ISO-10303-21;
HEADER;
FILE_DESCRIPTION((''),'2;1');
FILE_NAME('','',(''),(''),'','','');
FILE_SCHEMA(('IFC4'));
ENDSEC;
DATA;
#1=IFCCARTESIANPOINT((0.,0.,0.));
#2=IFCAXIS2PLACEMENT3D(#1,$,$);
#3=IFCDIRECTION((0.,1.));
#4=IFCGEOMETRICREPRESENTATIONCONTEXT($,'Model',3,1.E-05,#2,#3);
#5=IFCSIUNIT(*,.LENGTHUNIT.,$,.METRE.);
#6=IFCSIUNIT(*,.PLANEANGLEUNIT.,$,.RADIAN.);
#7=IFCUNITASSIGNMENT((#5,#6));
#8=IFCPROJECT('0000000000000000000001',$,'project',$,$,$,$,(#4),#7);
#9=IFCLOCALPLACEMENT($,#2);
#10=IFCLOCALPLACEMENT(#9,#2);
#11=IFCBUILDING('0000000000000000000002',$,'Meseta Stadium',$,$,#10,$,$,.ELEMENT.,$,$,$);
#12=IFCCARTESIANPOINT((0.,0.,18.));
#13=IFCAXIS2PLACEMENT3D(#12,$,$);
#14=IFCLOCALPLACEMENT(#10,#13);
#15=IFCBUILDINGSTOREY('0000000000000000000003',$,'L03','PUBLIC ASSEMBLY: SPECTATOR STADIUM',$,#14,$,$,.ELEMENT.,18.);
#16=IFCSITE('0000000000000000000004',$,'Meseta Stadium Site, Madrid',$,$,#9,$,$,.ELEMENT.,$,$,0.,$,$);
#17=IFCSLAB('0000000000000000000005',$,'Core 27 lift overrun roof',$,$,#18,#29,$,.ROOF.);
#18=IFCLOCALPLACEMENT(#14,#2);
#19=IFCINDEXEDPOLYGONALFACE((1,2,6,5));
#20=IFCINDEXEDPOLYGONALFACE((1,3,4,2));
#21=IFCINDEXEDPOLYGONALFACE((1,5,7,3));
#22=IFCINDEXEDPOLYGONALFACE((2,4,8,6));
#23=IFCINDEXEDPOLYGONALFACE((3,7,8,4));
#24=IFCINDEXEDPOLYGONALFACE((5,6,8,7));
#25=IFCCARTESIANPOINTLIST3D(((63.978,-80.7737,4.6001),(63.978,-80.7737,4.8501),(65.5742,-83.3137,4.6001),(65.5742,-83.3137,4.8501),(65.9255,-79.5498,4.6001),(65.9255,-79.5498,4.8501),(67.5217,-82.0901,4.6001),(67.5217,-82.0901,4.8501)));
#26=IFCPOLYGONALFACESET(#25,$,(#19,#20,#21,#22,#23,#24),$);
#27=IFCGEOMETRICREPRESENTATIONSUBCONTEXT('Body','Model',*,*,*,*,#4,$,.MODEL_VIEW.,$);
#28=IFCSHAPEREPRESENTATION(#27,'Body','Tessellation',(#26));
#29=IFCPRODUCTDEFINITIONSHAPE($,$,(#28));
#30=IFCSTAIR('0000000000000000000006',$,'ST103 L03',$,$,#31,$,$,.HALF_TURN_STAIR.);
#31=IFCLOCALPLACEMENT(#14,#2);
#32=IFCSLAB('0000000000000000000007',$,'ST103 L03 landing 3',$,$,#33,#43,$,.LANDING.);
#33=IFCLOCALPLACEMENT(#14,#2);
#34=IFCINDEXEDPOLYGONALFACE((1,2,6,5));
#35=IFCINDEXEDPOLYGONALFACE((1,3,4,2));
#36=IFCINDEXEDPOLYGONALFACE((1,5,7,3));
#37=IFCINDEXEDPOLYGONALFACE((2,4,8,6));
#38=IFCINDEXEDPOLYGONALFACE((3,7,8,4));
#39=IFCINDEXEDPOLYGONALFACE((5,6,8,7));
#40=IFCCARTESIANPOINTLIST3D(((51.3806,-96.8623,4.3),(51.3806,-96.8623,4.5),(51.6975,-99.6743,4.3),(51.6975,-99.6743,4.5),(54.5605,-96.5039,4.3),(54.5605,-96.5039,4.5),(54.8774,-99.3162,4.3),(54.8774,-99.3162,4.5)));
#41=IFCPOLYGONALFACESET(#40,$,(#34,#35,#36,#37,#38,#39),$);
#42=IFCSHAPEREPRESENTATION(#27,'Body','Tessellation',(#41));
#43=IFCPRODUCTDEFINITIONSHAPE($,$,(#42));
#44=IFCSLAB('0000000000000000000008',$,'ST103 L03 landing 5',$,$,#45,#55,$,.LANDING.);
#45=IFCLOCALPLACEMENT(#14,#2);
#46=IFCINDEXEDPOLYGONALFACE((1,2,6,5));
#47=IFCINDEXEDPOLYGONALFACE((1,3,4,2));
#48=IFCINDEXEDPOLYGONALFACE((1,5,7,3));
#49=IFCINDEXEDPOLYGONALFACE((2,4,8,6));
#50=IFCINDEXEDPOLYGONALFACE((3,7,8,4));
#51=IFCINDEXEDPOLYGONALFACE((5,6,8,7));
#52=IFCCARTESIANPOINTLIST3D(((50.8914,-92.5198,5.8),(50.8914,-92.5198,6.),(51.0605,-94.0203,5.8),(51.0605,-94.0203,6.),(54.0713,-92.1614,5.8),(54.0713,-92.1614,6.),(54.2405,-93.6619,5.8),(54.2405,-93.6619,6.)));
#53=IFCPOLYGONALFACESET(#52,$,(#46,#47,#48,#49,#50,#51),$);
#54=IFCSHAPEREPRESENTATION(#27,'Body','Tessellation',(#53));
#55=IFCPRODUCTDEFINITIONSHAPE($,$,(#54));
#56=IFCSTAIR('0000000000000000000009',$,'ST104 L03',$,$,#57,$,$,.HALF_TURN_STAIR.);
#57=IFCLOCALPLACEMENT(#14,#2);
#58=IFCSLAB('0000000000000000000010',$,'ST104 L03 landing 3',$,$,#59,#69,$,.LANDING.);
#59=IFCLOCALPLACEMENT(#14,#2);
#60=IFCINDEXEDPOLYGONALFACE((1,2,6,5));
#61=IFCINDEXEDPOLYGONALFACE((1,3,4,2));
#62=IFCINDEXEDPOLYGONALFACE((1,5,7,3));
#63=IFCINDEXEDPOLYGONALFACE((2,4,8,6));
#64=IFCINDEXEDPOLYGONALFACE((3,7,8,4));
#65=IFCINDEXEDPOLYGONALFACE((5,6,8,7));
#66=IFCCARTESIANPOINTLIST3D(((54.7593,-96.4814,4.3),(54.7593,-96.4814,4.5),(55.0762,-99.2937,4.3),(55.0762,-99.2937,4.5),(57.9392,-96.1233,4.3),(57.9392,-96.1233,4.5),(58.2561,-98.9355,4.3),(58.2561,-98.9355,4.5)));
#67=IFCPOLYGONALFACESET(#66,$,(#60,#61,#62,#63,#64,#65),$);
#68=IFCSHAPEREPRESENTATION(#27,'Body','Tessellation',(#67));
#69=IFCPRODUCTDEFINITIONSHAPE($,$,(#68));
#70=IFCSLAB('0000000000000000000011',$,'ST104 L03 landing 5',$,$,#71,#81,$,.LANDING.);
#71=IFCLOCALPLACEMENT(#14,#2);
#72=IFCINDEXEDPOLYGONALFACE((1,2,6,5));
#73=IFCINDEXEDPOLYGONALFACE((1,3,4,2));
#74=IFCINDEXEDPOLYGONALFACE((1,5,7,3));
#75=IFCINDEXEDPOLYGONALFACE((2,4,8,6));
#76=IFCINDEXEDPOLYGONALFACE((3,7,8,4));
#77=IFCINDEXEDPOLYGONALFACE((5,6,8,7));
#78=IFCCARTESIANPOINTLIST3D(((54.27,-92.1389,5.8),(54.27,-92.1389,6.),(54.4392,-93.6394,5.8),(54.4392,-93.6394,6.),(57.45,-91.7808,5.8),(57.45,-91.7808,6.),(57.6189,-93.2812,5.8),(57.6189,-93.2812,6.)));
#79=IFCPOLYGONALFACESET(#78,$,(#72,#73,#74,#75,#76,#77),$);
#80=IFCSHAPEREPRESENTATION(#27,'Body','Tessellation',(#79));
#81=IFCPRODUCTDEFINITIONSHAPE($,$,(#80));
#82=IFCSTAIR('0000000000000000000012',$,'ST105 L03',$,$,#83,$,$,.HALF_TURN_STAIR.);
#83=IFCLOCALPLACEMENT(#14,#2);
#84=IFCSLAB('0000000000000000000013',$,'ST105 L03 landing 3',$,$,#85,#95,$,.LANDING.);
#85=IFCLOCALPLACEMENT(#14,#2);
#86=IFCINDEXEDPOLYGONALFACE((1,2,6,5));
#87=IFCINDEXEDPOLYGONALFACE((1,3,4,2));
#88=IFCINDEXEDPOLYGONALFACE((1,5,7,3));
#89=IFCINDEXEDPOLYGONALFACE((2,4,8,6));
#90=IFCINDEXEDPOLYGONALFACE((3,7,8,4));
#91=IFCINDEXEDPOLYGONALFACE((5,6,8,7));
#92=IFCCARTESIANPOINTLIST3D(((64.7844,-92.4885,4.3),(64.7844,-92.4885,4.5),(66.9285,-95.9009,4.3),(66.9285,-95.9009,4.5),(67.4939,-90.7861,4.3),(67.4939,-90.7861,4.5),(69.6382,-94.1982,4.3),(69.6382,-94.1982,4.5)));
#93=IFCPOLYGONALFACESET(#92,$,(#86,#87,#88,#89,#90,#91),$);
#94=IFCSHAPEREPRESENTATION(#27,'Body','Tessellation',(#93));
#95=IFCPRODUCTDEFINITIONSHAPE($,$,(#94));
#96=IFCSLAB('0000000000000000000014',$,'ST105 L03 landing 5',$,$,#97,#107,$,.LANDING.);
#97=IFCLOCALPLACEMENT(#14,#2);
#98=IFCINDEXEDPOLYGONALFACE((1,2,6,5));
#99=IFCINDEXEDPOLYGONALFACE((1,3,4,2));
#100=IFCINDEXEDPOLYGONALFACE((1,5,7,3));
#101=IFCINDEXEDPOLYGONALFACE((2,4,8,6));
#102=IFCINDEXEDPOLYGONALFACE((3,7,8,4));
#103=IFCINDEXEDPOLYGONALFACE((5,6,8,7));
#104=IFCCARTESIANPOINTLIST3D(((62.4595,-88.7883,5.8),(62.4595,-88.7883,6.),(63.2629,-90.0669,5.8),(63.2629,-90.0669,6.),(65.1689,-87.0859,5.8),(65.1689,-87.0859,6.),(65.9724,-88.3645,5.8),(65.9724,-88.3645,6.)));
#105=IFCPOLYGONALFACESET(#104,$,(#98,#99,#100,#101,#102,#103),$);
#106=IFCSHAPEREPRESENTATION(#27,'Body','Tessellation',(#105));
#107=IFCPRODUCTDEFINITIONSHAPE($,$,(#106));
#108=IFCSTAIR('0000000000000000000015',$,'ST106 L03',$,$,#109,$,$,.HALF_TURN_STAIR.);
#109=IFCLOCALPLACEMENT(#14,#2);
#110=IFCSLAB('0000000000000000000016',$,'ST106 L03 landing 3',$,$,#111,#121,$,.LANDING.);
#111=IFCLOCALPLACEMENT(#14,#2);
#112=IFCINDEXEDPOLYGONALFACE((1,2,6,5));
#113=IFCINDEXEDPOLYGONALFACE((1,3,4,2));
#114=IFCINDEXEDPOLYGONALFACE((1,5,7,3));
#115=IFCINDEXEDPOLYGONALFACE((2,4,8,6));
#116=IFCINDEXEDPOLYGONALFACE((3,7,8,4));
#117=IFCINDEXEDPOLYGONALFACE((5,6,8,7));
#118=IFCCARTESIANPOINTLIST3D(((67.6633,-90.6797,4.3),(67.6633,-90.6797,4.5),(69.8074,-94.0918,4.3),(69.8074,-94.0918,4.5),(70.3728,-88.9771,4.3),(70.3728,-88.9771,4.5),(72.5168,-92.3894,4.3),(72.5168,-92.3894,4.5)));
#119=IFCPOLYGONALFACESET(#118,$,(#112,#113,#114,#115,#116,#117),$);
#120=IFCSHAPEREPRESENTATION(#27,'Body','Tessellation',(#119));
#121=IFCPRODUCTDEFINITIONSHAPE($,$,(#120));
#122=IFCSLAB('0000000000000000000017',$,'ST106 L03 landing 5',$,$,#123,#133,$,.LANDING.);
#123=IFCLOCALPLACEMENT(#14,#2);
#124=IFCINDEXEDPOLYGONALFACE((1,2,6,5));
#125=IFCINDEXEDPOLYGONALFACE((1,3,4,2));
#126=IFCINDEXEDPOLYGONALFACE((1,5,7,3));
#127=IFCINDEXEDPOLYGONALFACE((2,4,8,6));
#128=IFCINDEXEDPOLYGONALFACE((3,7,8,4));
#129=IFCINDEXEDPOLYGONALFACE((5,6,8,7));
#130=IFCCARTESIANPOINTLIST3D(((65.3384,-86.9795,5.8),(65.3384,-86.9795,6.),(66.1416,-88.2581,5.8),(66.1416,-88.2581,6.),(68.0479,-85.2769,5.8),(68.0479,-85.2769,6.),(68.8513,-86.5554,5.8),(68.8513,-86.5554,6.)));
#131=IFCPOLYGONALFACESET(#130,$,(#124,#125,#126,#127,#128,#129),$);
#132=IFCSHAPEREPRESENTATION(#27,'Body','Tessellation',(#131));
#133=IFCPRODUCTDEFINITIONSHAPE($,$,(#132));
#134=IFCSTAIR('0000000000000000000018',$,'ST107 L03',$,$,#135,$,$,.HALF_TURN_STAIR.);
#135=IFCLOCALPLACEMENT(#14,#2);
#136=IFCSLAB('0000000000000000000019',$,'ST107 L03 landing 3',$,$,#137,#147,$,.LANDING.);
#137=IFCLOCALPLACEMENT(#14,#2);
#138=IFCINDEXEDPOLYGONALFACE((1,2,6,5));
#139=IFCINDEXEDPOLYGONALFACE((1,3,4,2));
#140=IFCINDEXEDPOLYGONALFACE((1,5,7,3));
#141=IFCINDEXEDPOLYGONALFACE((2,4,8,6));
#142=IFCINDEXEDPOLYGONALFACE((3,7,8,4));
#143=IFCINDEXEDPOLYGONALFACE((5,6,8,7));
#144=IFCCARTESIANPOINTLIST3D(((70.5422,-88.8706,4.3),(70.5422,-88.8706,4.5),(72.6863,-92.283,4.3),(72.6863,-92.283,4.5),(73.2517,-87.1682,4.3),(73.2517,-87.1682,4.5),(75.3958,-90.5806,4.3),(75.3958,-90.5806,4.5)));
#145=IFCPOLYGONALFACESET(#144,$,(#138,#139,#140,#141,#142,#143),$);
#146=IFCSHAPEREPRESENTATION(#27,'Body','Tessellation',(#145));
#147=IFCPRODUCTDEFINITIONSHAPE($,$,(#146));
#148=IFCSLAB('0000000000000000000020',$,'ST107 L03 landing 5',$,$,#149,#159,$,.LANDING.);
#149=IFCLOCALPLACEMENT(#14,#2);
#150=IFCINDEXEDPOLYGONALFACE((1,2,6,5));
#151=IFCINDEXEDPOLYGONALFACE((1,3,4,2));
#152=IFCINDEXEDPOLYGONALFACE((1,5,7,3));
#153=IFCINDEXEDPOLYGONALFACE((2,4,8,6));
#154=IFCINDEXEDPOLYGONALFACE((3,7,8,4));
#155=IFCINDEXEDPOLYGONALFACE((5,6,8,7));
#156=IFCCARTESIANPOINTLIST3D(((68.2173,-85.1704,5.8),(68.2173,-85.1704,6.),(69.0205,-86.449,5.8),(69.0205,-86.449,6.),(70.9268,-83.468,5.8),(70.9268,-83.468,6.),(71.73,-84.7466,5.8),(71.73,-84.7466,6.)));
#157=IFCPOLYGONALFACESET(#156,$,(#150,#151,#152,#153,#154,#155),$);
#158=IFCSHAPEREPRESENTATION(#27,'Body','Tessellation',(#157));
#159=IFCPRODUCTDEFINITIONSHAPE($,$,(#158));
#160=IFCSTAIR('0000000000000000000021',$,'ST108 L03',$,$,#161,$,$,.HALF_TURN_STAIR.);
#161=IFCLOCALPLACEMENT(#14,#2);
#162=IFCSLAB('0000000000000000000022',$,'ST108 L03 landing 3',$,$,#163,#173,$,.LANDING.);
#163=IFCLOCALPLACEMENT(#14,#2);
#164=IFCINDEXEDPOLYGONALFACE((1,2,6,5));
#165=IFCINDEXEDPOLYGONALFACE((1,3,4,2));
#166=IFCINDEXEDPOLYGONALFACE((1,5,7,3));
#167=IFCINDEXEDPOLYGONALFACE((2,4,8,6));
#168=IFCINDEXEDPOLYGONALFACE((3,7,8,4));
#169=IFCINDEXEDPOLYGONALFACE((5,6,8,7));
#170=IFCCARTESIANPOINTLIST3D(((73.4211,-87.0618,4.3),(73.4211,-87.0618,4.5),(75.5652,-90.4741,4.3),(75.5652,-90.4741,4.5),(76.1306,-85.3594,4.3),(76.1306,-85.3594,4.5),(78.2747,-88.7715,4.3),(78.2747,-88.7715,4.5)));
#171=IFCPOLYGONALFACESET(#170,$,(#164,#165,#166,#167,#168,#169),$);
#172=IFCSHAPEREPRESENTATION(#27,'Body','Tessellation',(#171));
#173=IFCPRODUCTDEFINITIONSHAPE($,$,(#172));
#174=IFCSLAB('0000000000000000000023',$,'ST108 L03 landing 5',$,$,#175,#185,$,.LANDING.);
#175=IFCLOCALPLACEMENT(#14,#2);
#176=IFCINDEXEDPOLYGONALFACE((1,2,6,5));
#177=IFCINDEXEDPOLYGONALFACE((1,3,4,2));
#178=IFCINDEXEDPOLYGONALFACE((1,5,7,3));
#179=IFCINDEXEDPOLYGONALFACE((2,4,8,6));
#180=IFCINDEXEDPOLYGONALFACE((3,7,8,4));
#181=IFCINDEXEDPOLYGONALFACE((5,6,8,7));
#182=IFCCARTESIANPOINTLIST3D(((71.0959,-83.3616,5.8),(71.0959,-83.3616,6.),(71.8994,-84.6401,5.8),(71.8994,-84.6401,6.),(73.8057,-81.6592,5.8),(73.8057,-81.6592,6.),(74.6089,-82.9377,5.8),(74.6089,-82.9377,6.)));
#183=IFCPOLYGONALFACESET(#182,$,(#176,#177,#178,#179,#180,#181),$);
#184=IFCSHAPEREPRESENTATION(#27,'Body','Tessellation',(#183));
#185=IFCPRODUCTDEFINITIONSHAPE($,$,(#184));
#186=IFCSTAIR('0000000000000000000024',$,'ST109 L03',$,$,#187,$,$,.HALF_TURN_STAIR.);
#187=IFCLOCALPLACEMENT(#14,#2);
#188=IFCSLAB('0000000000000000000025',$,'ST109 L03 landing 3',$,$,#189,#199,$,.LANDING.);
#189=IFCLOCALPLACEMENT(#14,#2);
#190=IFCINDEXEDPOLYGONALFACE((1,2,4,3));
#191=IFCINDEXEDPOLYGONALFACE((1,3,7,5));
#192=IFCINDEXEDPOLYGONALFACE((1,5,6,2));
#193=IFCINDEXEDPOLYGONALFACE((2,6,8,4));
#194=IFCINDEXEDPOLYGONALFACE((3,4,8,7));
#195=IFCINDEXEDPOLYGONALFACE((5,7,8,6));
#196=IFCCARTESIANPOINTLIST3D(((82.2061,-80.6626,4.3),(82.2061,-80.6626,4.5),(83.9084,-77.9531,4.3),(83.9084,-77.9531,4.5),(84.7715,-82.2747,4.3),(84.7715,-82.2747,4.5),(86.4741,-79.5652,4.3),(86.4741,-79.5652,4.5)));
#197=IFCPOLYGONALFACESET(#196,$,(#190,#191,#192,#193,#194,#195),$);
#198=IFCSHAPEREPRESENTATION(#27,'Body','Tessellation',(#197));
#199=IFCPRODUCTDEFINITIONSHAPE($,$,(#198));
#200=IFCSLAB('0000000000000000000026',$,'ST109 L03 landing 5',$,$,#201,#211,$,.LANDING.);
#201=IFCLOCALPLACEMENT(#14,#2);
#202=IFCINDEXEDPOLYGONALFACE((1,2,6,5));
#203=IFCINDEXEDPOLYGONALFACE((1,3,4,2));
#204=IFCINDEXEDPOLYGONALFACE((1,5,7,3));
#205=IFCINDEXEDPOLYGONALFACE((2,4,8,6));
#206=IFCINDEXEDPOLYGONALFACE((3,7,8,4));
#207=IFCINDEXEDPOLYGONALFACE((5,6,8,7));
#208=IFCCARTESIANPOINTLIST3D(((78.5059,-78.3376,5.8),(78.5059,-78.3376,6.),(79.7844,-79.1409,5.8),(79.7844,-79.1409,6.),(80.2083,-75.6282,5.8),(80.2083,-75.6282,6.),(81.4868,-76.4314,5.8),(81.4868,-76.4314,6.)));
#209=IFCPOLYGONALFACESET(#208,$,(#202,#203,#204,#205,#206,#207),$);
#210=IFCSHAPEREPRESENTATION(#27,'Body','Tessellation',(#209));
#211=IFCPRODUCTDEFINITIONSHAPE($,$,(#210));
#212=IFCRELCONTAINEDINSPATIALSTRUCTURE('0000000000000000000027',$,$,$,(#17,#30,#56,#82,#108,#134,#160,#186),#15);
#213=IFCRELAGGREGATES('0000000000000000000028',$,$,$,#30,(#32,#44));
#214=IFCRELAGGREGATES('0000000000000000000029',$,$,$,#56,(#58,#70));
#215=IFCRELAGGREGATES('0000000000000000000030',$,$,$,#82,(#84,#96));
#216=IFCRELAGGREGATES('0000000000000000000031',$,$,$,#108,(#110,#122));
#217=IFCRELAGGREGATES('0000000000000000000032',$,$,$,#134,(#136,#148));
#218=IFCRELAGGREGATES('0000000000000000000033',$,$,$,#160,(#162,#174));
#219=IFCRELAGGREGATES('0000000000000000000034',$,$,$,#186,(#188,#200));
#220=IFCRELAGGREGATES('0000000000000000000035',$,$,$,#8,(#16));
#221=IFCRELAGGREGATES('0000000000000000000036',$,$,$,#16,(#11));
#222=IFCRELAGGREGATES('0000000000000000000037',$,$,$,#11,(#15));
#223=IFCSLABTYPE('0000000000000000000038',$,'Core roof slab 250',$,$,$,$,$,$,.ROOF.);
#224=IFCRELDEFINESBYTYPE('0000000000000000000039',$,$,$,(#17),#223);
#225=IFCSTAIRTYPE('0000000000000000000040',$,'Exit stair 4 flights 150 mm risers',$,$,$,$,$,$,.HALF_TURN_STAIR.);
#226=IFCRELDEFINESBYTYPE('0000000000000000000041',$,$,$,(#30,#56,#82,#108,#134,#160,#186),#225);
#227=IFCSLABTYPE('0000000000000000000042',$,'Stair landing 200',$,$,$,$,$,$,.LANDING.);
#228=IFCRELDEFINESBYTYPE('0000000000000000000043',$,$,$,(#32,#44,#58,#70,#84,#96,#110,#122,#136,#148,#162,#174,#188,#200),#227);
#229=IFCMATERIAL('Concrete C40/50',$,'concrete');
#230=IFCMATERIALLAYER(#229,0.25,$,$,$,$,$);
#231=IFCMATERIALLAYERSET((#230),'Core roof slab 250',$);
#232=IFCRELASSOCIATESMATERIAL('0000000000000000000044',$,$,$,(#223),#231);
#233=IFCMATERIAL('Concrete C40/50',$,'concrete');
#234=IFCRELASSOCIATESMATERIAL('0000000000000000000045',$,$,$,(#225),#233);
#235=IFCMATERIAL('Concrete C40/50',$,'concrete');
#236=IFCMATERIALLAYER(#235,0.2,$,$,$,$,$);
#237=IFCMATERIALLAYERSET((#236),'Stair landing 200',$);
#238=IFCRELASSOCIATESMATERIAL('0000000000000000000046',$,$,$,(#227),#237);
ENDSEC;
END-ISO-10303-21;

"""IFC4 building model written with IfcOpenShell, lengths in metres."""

from ifc_helpers import new_model, si_unit, direction, frame, origin, place, context, subcontext, project, spatial, polyline, outline, extrude, material, layer, layer_set, type_object, element, aggregate, save


model = new_model("IFC4")

# Units and contexts
model_context = context("Model", 3, precision=1e-05, world=origin(), true_north=direction((0.0, 1.0)))
body_context = subcontext(model_context, "Body", "Model", "MODEL_VIEW")
ifc_project = project(units=[si_unit("LENGTHUNIT", "METRE"), si_unit("PLANEANGLEUNIT", "RADIAN")], contexts=[model_context])

# Site, building, storey
site_placement = place(None, origin())
site = spatial("IfcSite", under=ifc_project, at=site_placement, Name="Meseta Stadium Site, Madrid", CompositionType="ELEMENT", RefElevation=0.0)
building_placement = place(site_placement, origin())
building = spatial("IfcBuilding", under=site, at=building_placement, Name="Meseta Stadium", CompositionType="ELEMENT")
storey_placement = place(building_placement, frame((0.0, 0.0, 18.0)))
storey = spatial("IfcBuildingStorey", under=building, at=storey_placement, Name="L03", Description="PUBLIC ASSEMBLY: SPECTATOR STADIUM", CompositionType="ELEMENT", Elevation=18.0)

# Slab
ifc_material_1 = material(Name="Concrete C40/50", Category="concrete")
ifc_layer_1 = layer(ifc_material_1, 0.25)
ifc_layer_set_1 = layer_set([ifc_layer_1], Name="Core roof slab 250")
slab_type_1 = type_object("IfcSlabType", Name="Core roof slab 250", PredefinedType="ROOF", material=ifc_layer_set_1)
slab_1_placement = place(storey_placement, frame((0.0, 0.0, 4.6001)))
element("IfcSlab", 1, at=slab_1_placement, inside=storey, type_object=slab_type_1, Name="Core 27 lift overrun roof", PredefinedType="ROOF", context=body_context, shape_type="SweptSolid", body=[
    extrude(outline(polyline([(65.5742, -83.3137), (63.978, -80.7737), (65.9255, -79.5498), (67.5217, -82.0901), (65.5742, -83.3137)])), origin(), (0.0, 0.0, 1.0), 0.25),
])

# Stairs, slabs
ifc_material_2 = material(Name="Concrete C40/50", Category="concrete")
stair_type = type_object("IfcStairType", Name="Exit stair 4 flights 150 mm risers", PredefinedType="HALF_TURN_STAIR", material=ifc_material_2)
stair_1_placement = place(storey_placement, origin())
stair_1 = element("IfcStair", 2, at=stair_1_placement, inside=storey, type_object=stair_type, Name="ST103 L03", PredefinedType="HALF_TURN_STAIR")
ifc_material_3 = material(Name="Concrete C40/50", Category="concrete")
ifc_layer_2 = layer(ifc_material_3, 0.2)
ifc_layer_set_2 = layer_set([ifc_layer_2], Name="Stair landing 200")
slab_type_2 = type_object("IfcSlabType", Name="Stair landing 200", PredefinedType="LANDING", material=ifc_layer_set_2)
slab_2_placement = place(storey_placement, frame((0.0, 0.0, 4.3)))
slab_2 = element("IfcSlab", 3, at=slab_2_placement, type_object=slab_type_2, Name="ST103 L03 landing 3", PredefinedType="LANDING", context=body_context, shape_type="SweptSolid", body=[
    extrude(outline(polyline([(51.3806, -96.8623), (51.6975, -99.6743), (54.8774, -99.3162), (54.5605, -96.5039), (51.3806, -96.8623)])), origin(), (0.0, 0.0, 1.0), 0.2),
])
slab_3_placement = place(storey_placement, frame((0.0, 0.0, 5.8)))
slab_3 = element("IfcSlab", 4, at=slab_3_placement, type_object=slab_type_2, Name="ST103 L03 landing 5", PredefinedType="LANDING", context=body_context, shape_type="SweptSolid", body=[
    extrude(outline(polyline([(50.8914, -92.5198), (51.0605, -94.0203), (54.2405, -93.6619), (54.0713, -92.1614), (50.8914, -92.5198)])), origin(), (0.0, 0.0, 1.0), 0.2),
])
aggregate(stair_1, [slab_2, slab_3])
stair_2_placement = place(storey_placement, origin())
stair_2 = element("IfcStair", 5, at=stair_2_placement, inside=storey, type_object=stair_type, Name="ST104 L03", PredefinedType="HALF_TURN_STAIR")
slab_4_placement = place(storey_placement, frame((0.0, 0.0, 4.3)))
slab_4 = element("IfcSlab", 6, at=slab_4_placement, type_object=slab_type_2, Name="ST104 L03 landing 3", PredefinedType="LANDING", context=body_context, shape_type="SweptSolid", body=[
    extrude(outline(polyline([(54.7593, -96.4814), (55.0762, -99.2937), (58.2561, -98.9355), (57.9392, -96.1233), (54.7593, -96.4814)])), origin(), (0.0, 0.0, 1.0), 0.2),
])
slab_5_placement = place(storey_placement, frame((0.0, 0.0, 5.8)))
slab_5 = element("IfcSlab", 7, at=slab_5_placement, type_object=slab_type_2, Name="ST104 L03 landing 5", PredefinedType="LANDING", context=body_context, shape_type="SweptSolid", body=[
    extrude(outline(polyline([(54.27, -92.1389), (54.4392, -93.6394), (57.6189, -93.2812), (57.45, -91.7808), (54.27, -92.1389)])), origin(), (0.0, 0.0, 1.0), 0.2),
])
aggregate(stair_2, [slab_4, slab_5])
stair_3_placement = place(storey_placement, origin())
stair_3 = element("IfcStair", 8, at=stair_3_placement, inside=storey, type_object=stair_type, Name="ST105 L03", PredefinedType="HALF_TURN_STAIR")
slab_6_placement = place(storey_placement, frame((0.0, 0.0, 4.3)))
slab_6 = element("IfcSlab", 9, at=slab_6_placement, type_object=slab_type_2, Name="ST105 L03 landing 3", PredefinedType="LANDING", context=body_context, shape_type="SweptSolid", body=[
    extrude(outline(polyline([(64.7844, -92.4885), (66.9285, -95.9009), (69.6382, -94.1982), (67.4939, -90.7861), (64.7844, -92.4885)])), origin(), (0.0, 0.0, 1.0), 0.2),
])
slab_7_placement = place(storey_placement, frame((0.0, 0.0, 5.8)))
slab_7 = element("IfcSlab", 10, at=slab_7_placement, type_object=slab_type_2, Name="ST105 L03 landing 5", PredefinedType="LANDING", context=body_context, shape_type="SweptSolid", body=[
    extrude(outline(polyline([(62.4595, -88.7883), (63.2629, -90.0669), (65.9724, -88.3645), (65.1689, -87.0859), (62.4595, -88.7883)])), origin(), (0.0, 0.0, 1.0), 0.2),
])
aggregate(stair_3, [slab_6, slab_7])
stair_4_placement = place(storey_placement, origin())
stair_4 = element("IfcStair", 11, at=stair_4_placement, inside=storey, type_object=stair_type, Name="ST106 L03", PredefinedType="HALF_TURN_STAIR")
slab_8_placement = place(storey_placement, frame((0.0, 0.0, 4.3)))
slab_8 = element("IfcSlab", 12, at=slab_8_placement, type_object=slab_type_2, Name="ST106 L03 landing 3", PredefinedType="LANDING", context=body_context, shape_type="SweptSolid", body=[
    extrude(outline(polyline([(67.6633, -90.6797), (69.8074, -94.0918), (72.5168, -92.3894), (70.3728, -88.9771), (67.6633, -90.6797)])), origin(), (0.0, 0.0, 1.0), 0.2),
])
slab_9_placement = place(storey_placement, frame((0.0, 0.0, 5.8)))
slab_9 = element("IfcSlab", 13, at=slab_9_placement, type_object=slab_type_2, Name="ST106 L03 landing 5", PredefinedType="LANDING", context=body_context, shape_type="SweptSolid", body=[
    extrude(outline(polyline([(65.3384, -86.9795), (66.1416, -88.2581), (68.8513, -86.5554), (68.0479, -85.2769), (65.3384, -86.9795)])), origin(), (0.0, 0.0, 1.0), 0.2),
])
aggregate(stair_4, [slab_8, slab_9])
stair_5_placement = place(storey_placement, origin())
stair_5 = element("IfcStair", 14, at=stair_5_placement, inside=storey, type_object=stair_type, Name="ST107 L03", PredefinedType="HALF_TURN_STAIR")
slab_10_placement = place(storey_placement, frame((0.0, 0.0, 4.3)))
slab_10 = element("IfcSlab", 15, at=slab_10_placement, type_object=slab_type_2, Name="ST107 L03 landing 3", PredefinedType="LANDING", context=body_context, shape_type="SweptSolid", body=[
    extrude(outline(polyline([(70.5422, -88.8706), (72.6863, -92.283), (75.3958, -90.5806), (73.2517, -87.1682), (70.5422, -88.8706)])), origin(), (0.0, 0.0, 1.0), 0.2),
])
slab_11_placement = place(storey_placement, frame((0.0, 0.0, 5.8)))
slab_11 = element("IfcSlab", 16, at=slab_11_placement, type_object=slab_type_2, Name="ST107 L03 landing 5", PredefinedType="LANDING", context=body_context, shape_type="SweptSolid", body=[
    extrude(outline(polyline([(68.2173, -85.1704), (69.0205, -86.449), (71.73, -84.7466), (70.9268, -83.468), (68.2173, -85.1704)])), origin(), (0.0, 0.0, 1.0), 0.2),
])
aggregate(stair_5, [slab_10, slab_11])
stair_6_placement = place(storey_placement, origin())
stair_6 = element("IfcStair", 17, at=stair_6_placement, inside=storey, type_object=stair_type, Name="ST108 L03", PredefinedType="HALF_TURN_STAIR")
slab_12_placement = place(storey_placement, frame((0.0, 0.0, 4.3)))
slab_12 = element("IfcSlab", 18, at=slab_12_placement, type_object=slab_type_2, Name="ST108 L03 landing 3", PredefinedType="LANDING", context=body_context, shape_type="SweptSolid", body=[
    extrude(outline(polyline([(73.4211, -87.0618), (75.5652, -90.4741), (78.2747, -88.7715), (76.1306, -85.3594), (73.4211, -87.0618)])), origin(), (0.0, 0.0, 1.0), 0.2),
])
slab_13_placement = place(storey_placement, frame((0.0, 0.0, 5.8)))
slab_13 = element("IfcSlab", 19, at=slab_13_placement, type_object=slab_type_2, Name="ST108 L03 landing 5", PredefinedType="LANDING", context=body_context, shape_type="SweptSolid", body=[
    extrude(outline(polyline([(71.0959, -83.3616), (71.8994, -84.6401), (74.6089, -82.9377), (73.8057, -81.6592), (71.0959, -83.3616)])), origin(), (0.0, 0.0, 1.0), 0.2),
])
aggregate(stair_6, [slab_12, slab_13])
stair_7_placement = place(storey_placement, origin())
stair_7 = element("IfcStair", 20, at=stair_7_placement, inside=storey, type_object=stair_type, Name="ST109 L03", PredefinedType="HALF_TURN_STAIR")
slab_14_placement = place(storey_placement, frame((0.0, 0.0, 4.3)))
slab_14 = element("IfcSlab", 21, at=slab_14_placement, type_object=slab_type_2, Name="ST109 L03 landing 3", PredefinedType="LANDING", context=body_context, shape_type="SweptSolid", body=[
    extrude(outline(polyline([(82.2061, -80.6626), (84.7715, -82.2747), (86.4741, -79.5652), (83.9084, -77.9531), (82.2061, -80.6626)])), origin(), (0.0, 0.0, 1.0), 0.2),
])
slab_15_placement = place(storey_placement, frame((0.0, 0.0, 5.8)))
slab_15 = element("IfcSlab", 22, at=slab_15_placement, type_object=slab_type_2, Name="ST109 L03 landing 5", PredefinedType="LANDING", context=body_context, shape_type="SweptSolid", body=[
    extrude(outline(polyline([(78.5059, -78.3376), (79.7844, -79.1409), (81.4868, -76.4314), (80.2083, -75.6282), (78.5059, -78.3376)])), origin(), (0.0, 0.0, 1.0), 0.2),
])
aggregate(stair_7, [slab_14, slab_15])

save(model, "model.ifc")
